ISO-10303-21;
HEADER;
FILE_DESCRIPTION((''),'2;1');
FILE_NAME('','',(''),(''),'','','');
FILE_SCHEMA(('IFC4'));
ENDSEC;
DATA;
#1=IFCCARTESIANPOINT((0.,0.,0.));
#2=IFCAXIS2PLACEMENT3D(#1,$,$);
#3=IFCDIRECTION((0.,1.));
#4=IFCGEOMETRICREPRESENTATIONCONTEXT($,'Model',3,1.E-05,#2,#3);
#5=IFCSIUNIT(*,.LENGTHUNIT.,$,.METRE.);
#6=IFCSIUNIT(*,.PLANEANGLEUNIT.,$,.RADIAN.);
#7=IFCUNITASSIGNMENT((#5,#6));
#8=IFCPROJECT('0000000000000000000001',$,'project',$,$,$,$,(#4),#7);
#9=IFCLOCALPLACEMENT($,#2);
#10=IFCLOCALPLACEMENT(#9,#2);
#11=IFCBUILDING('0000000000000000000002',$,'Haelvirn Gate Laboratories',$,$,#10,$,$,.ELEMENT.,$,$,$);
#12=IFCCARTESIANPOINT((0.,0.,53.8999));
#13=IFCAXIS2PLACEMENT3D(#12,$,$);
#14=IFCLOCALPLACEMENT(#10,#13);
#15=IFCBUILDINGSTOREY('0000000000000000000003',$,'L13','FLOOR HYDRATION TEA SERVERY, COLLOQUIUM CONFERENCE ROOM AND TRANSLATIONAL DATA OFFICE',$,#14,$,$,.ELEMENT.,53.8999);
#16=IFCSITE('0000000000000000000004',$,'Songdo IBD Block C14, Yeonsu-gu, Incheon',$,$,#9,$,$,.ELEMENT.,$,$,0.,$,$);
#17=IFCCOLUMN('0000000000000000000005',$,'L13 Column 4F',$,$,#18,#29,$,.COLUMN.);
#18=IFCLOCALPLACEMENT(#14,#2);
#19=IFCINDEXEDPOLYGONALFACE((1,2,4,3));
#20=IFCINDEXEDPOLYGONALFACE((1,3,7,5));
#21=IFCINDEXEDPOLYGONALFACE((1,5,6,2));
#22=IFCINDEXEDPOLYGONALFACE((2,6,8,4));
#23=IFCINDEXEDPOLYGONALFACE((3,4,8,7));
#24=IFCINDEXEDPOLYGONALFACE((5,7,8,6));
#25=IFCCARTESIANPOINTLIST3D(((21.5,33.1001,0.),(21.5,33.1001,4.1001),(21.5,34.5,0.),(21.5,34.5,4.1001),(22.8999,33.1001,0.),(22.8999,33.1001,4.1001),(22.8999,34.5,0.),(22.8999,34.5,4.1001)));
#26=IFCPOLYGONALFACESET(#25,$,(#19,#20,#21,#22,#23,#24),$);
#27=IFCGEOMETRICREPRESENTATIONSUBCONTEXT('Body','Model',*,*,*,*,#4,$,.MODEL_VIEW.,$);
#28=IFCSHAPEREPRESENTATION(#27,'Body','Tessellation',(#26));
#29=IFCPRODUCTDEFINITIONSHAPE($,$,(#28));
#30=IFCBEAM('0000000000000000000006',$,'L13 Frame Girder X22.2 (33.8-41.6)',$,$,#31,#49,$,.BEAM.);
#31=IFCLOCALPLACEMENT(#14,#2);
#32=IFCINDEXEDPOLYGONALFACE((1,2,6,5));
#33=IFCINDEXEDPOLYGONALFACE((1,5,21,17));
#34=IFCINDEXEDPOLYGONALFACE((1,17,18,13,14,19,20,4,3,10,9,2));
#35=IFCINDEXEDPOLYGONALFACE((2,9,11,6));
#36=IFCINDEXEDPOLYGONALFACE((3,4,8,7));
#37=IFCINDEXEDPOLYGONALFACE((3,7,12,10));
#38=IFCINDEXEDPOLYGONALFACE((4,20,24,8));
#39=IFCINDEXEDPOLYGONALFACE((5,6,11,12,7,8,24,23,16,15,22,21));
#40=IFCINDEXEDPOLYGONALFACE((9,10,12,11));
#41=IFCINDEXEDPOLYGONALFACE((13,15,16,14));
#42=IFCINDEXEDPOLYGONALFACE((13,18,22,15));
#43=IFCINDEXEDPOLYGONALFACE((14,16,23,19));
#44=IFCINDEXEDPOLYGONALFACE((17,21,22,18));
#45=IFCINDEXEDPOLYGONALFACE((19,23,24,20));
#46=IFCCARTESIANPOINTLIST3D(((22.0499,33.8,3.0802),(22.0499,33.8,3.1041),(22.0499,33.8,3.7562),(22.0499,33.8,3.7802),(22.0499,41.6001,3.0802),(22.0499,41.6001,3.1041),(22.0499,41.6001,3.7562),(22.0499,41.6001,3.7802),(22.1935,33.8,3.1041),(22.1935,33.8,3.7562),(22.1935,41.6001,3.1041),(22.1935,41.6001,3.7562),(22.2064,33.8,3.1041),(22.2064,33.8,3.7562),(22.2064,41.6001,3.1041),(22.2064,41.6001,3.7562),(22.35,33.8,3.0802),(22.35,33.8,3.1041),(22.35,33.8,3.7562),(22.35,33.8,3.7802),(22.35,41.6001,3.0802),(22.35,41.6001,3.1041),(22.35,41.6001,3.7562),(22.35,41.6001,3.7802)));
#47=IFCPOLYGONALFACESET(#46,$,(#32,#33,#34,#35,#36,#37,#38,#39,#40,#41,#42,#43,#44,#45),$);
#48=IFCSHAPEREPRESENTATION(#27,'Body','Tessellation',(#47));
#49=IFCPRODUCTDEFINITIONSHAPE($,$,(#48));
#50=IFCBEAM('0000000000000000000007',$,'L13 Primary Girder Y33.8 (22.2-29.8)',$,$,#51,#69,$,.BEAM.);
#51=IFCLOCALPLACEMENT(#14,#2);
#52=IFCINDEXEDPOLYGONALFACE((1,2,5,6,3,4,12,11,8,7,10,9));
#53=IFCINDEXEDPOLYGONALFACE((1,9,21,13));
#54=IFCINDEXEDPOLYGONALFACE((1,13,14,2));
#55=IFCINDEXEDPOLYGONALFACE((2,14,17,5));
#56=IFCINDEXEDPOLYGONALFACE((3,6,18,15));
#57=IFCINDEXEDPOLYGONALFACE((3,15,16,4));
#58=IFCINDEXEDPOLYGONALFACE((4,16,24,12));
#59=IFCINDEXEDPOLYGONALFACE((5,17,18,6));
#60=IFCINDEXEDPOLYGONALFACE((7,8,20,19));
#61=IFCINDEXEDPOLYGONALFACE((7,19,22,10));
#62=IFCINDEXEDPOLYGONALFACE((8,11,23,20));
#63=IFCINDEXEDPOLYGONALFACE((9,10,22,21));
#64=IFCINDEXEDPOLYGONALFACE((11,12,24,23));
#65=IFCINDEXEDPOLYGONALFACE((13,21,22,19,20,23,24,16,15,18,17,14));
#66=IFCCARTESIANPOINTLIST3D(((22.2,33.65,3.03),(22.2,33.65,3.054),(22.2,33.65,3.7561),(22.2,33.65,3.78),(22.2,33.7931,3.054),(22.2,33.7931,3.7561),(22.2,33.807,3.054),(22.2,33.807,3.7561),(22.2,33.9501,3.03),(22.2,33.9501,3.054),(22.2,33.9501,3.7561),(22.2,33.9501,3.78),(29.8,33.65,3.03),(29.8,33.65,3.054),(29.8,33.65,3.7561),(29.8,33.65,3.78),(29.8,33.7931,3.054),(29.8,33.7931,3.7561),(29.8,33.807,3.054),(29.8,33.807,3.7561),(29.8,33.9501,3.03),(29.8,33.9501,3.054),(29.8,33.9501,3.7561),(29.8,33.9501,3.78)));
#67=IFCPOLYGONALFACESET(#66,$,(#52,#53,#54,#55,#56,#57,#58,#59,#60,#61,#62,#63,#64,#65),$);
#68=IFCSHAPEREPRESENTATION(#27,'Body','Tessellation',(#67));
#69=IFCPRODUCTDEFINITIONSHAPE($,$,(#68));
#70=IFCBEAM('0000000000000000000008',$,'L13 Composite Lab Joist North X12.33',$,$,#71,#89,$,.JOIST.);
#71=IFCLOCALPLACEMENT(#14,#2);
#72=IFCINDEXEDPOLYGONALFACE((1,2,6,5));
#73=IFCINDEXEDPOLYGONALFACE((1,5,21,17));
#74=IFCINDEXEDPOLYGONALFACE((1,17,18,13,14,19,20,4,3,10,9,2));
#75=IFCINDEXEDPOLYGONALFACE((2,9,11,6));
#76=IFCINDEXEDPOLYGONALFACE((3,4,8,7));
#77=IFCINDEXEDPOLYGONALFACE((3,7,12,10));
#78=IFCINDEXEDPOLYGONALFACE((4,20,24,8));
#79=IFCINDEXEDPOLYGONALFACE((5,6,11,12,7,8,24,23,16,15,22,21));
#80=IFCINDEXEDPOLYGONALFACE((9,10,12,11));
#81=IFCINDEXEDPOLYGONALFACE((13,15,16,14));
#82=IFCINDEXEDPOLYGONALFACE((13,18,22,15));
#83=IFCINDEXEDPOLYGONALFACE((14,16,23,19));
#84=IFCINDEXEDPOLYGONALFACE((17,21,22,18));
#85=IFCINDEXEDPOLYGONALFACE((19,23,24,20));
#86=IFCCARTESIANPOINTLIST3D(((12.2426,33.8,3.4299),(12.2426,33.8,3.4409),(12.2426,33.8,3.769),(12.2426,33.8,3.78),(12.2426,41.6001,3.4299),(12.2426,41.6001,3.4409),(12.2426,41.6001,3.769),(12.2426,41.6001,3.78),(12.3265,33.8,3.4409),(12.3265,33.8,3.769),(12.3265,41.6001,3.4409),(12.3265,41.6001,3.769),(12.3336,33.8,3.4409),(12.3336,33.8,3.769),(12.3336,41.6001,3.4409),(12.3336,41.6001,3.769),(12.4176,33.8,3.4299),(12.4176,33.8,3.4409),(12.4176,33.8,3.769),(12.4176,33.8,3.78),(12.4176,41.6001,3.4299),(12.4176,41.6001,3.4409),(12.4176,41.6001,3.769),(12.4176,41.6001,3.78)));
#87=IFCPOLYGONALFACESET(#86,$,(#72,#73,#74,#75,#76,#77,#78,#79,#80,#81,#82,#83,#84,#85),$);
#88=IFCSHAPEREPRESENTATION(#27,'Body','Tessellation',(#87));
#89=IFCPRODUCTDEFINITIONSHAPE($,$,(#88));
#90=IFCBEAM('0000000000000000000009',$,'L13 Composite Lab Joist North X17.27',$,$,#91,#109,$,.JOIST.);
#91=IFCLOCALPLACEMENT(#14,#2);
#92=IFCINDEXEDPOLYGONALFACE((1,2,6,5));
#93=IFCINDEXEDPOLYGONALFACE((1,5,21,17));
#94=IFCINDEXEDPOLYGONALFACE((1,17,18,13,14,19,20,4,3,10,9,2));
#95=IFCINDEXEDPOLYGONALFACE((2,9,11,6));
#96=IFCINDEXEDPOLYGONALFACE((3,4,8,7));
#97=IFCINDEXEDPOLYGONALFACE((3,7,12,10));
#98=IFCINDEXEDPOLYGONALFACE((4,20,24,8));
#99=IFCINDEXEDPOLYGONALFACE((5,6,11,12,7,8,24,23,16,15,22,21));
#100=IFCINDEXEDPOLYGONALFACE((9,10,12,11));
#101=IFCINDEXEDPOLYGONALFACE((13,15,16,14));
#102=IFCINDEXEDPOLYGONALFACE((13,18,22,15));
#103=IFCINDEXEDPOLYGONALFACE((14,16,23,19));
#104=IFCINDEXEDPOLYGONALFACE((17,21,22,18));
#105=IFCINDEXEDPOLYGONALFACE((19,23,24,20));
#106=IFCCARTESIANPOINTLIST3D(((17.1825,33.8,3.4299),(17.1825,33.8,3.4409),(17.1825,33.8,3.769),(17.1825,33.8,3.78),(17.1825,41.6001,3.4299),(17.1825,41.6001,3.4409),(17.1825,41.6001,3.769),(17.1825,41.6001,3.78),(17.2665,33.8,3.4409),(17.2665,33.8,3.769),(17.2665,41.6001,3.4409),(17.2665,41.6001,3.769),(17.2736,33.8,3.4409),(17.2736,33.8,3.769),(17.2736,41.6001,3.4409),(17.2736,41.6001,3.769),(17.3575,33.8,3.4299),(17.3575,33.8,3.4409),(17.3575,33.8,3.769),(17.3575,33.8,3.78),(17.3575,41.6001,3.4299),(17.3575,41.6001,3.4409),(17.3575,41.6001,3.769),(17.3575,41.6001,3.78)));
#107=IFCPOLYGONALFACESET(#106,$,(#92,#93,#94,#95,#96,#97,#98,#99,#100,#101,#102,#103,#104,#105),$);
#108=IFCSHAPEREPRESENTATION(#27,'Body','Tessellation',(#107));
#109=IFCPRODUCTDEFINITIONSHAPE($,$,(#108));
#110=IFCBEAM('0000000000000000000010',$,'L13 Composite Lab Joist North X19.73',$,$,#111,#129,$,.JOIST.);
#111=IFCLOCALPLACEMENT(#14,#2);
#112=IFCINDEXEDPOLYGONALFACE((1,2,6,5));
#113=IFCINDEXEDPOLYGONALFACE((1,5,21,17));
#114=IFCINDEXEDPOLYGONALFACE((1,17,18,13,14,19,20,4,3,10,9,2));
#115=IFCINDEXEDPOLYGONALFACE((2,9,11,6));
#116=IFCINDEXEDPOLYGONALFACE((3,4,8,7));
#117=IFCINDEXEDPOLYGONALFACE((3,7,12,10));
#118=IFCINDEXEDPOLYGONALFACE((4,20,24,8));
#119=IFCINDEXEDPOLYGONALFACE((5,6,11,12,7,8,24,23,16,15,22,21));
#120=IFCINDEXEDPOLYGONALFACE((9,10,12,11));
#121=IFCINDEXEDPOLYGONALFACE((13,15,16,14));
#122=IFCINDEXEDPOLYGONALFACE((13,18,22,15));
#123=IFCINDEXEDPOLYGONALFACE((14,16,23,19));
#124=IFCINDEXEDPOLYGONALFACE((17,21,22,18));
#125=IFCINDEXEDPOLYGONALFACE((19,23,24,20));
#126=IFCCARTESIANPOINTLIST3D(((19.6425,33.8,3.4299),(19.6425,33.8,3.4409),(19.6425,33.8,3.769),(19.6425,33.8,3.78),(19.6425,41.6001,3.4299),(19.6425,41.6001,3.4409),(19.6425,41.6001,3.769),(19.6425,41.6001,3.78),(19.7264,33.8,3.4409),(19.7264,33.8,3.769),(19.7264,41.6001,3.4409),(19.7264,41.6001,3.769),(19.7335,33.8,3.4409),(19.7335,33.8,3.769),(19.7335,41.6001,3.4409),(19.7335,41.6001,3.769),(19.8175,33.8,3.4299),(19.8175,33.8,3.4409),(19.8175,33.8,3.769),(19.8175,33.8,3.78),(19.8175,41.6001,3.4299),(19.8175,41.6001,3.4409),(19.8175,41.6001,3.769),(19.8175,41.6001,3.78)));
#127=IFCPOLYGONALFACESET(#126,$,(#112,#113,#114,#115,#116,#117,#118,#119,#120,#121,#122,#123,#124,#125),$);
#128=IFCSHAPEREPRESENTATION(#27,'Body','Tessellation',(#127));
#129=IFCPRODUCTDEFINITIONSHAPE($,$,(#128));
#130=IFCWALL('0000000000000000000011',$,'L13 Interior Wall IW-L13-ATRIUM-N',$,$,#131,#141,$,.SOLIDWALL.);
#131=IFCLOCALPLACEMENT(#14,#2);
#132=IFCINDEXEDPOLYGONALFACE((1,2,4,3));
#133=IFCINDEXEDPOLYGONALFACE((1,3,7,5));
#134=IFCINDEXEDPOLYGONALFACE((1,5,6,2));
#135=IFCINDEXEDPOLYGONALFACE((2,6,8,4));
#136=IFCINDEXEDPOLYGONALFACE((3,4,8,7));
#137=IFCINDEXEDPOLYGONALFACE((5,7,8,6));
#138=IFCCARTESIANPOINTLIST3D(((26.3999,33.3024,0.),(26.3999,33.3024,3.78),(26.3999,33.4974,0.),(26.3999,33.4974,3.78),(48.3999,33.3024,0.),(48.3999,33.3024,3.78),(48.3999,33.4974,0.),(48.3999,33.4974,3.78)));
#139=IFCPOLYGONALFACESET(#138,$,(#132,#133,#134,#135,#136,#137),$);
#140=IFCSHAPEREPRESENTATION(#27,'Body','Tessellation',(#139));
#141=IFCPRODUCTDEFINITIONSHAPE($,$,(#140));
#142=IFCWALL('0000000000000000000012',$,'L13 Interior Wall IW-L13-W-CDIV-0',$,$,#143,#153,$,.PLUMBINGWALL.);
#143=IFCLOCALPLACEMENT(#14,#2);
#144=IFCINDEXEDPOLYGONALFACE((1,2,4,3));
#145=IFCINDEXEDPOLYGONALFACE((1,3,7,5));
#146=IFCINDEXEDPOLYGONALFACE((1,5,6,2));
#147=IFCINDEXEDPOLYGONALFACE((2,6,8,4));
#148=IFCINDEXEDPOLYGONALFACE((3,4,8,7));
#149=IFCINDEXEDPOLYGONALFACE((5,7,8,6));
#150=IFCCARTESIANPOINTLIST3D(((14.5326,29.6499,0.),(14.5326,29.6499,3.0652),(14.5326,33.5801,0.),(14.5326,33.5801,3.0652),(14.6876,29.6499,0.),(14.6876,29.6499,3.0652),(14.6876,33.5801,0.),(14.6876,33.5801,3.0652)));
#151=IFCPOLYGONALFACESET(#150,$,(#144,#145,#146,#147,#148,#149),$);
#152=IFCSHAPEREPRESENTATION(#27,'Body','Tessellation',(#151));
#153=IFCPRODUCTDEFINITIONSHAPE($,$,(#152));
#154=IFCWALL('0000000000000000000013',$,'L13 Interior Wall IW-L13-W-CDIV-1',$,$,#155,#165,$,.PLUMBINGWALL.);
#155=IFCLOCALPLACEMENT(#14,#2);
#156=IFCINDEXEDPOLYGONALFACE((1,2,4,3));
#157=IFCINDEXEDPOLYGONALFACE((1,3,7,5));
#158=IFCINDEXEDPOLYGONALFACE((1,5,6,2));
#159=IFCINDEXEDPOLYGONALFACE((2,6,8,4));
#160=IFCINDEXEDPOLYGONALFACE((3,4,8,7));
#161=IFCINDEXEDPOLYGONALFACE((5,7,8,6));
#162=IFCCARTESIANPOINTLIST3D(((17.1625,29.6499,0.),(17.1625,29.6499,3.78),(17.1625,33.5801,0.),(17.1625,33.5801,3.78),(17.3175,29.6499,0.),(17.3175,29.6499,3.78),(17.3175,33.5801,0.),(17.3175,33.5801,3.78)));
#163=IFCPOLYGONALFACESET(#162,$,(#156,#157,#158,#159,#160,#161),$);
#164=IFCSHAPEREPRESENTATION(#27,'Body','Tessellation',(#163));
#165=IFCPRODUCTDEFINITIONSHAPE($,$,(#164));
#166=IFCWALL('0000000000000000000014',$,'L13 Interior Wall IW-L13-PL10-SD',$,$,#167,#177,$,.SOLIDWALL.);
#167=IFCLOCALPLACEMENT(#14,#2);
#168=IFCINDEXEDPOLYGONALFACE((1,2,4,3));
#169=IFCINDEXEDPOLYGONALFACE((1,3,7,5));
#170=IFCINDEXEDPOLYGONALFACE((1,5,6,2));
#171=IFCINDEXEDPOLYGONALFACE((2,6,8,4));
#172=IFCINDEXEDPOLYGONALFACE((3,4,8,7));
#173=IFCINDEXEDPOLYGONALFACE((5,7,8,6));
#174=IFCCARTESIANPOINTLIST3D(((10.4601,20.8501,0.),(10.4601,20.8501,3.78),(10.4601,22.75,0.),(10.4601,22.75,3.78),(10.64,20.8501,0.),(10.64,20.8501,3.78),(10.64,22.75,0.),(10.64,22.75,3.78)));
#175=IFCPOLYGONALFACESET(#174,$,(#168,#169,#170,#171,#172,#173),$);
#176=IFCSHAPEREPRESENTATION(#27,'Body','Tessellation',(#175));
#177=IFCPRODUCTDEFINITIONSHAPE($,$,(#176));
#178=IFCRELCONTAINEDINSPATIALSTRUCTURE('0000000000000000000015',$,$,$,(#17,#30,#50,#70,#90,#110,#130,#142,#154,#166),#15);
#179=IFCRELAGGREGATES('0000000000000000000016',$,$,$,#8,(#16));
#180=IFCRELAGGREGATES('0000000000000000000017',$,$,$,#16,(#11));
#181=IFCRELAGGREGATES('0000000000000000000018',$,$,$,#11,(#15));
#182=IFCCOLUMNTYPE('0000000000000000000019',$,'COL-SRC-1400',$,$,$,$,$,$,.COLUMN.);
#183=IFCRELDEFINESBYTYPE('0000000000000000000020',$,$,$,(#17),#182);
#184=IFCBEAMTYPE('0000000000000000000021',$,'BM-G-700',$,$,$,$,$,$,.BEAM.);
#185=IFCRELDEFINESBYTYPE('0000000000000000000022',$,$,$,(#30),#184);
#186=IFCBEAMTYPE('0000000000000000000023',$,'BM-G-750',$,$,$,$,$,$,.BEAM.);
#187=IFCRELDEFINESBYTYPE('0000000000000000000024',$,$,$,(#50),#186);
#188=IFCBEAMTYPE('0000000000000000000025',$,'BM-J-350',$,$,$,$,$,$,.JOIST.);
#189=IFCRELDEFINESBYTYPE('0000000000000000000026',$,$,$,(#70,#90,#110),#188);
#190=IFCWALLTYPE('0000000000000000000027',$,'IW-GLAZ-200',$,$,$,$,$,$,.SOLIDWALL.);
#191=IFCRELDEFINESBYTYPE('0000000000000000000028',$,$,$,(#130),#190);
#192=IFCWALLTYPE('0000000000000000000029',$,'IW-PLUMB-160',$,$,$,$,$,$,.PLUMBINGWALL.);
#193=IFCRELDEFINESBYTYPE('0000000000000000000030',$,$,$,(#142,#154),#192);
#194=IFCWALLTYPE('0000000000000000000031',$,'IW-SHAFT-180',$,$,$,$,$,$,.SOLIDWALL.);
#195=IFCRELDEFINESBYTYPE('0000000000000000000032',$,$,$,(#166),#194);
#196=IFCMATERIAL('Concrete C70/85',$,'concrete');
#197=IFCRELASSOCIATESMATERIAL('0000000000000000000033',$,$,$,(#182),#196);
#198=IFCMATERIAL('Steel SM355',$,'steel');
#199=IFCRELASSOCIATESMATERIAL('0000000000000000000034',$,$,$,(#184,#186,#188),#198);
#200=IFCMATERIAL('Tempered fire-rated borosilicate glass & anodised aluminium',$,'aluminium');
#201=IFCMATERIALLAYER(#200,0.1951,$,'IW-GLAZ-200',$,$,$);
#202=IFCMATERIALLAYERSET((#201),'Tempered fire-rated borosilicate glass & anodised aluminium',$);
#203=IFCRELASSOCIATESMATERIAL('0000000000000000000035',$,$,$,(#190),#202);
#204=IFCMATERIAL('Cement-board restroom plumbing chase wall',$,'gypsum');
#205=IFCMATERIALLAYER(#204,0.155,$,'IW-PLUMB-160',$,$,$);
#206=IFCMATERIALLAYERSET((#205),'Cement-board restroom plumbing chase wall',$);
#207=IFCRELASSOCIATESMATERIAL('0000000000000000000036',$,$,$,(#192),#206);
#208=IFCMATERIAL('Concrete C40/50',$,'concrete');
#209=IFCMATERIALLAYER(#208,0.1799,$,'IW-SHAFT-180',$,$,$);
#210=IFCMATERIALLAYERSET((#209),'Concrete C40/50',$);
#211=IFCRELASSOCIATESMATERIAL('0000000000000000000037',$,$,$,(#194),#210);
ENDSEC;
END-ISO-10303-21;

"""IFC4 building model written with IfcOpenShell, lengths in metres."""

from ifc_helpers import new_model, si_unit, direction, frame, frame_2d, origin, origin_2d, place, context, subcontext, project, spatial, rectangle, i_section, extrude, source, transform, mapped, material, layer, layer_set, material_profile, profile_set, type_object, type_shapes, element, save


model = new_model("IFC4")

# Units and contexts
model_context = context("Model", 3, precision=1e-05, world=origin(), true_north=direction((0.0, 1.0)))
body_context = subcontext(model_context, "Body", "Model", "MODEL_VIEW")
ifc_project = project(units=[si_unit("LENGTHUNIT", "METRE"), si_unit("PLANEANGLEUNIT", "RADIAN")], contexts=[model_context])

# Site, building, storey
site_placement = place(None, origin())
site = spatial("IfcSite", under=ifc_project, at=site_placement, Name="Songdo IBD Block C14, Yeonsu-gu, Incheon", CompositionType="ELEMENT", RefElevation=0.0)
building_placement = place(site_placement, origin())
building = spatial("IfcBuilding", under=site, at=building_placement, Name="Haelvirn Gate Laboratories", CompositionType="ELEMENT")
storey_placement = place(building_placement, frame((0.0, 0.0, 53.8999)))
storey = spatial("IfcBuildingStorey", under=building, at=storey_placement, Name="L13", Description="FLOOR HYDRATION TEA SERVERY, COLLOQUIUM CONFERENCE ROOM AND TRANSLATIONAL DATA OFFICE", CompositionType="ELEMENT", Elevation=53.8999)

# Column
ifc_material_1 = material(Name="Concrete C70/85", Category="concrete")
ifc_material_profile_1 = material_profile(ifc_material_1, rectangle(XDim=1.3999, YDim=1.3999, at=origin_2d()), Name="SRC-1400x1400")
ifc_profile_set_1 = profile_set([ifc_material_profile_1], Name="Concrete C70/85")
column_type = type_object("IfcColumnType", Name="COL-SRC-1400", PredefinedType="COLUMN", material=ifc_profile_set_1)
shared_shape_1 = source(origin(), body_context, "Body", "SweptSolid", [
    extrude(rectangle(XDim=1.3999, YDim=1.3999, at=origin_2d()), origin(), (0.0, 0.0, 1.0), 4.1001),
])
type_shapes(column_type, [shared_shape_1])
column_placement = place(storey_placement, frame((22.2, 33.8, 0.0), z_axis=(0.0, 0.0, 1.0), x_axis=(1.0, 0.0, 0.0)))
element("IfcColumn", 1, at=column_placement, inside=storey, type_object=column_type, Name="L13 Column 4F", PredefinedType="COLUMN", context=body_context, shape_type="MappedRepresentation", body=[
    mapped(shared_shape_1, transform((0.0, 0.0, 0.0), scale=1.0)),
])

# Beams
ifc_material_2 = material(Name="Steel SM355", Category="steel")
ifc_material_profile_2 = material_profile(ifc_material_2, i_section(OverallWidth=0.3, OverallDepth=0.7, WebThickness=0.0129, FlangeThickness=0.0239, at=origin_2d()), Name="H-700x300x13x24")
ifc_profile_set_2 = profile_set([ifc_material_profile_2], Name="Steel SM355")
beam_type_1 = type_object("IfcBeamType", Name="BM-G-700", PredefinedType="BEAM", material=ifc_profile_set_2)
shared_shape_2 = source(origin(), body_context, "Body", "SweptSolid", [
    extrude(i_section(OverallWidth=0.3, OverallDepth=0.7, WebThickness=0.0129, FlangeThickness=0.0239, at=origin_2d()), origin(), (0.0, 0.0, 1.0), 7.8),
])
type_shapes(beam_type_1, [shared_shape_2])
beam_1_placement = place(storey_placement, frame((22.2, 33.8, 3.4302), z_axis=(0.0, 1.0, 0.0), x_axis=(-1.0, 0.0, 0.0)))
element("IfcBeam", 2, at=beam_1_placement, inside=storey, type_object=beam_type_1, Name="L13 Frame Girder X22.2 (33.8-41.6)", PredefinedType="BEAM", context=body_context, shape_type="MappedRepresentation", body=[
    mapped(shared_shape_2, transform((0.0, 0.0, 0.0), scale=1.0)),
])
ifc_material_profile_3 = material_profile(ifc_material_2, i_section(OverallWidth=0.3, OverallDepth=0.75, WebThickness=0.0139, FlangeThickness=0.0239, at=origin_2d()), Name="H-750x300x14x24")
ifc_profile_set_3 = profile_set([ifc_material_profile_3], Name="Steel SM355")
beam_type_2 = type_object("IfcBeamType", Name="BM-G-750", PredefinedType="BEAM", material=ifc_profile_set_3)
shared_shape_3 = source(origin(), body_context, "Body", "SweptSolid", [
    extrude(i_section(OverallWidth=0.3, OverallDepth=0.75, WebThickness=0.0139, FlangeThickness=0.0239, at=origin_2d()), origin(), (0.0, 0.0, 1.0), 7.6001),
])
type_shapes(beam_type_2, [shared_shape_3])
beam_2_placement = place(storey_placement, frame((22.2, 33.8, 3.405), z_axis=(1.0, 0.0, 0.0), x_axis=(0.0, 1.0, 0.0)))
element("IfcBeam", 3, at=beam_2_placement, inside=storey, type_object=beam_type_2, Name="L13 Primary Girder Y33.8 (22.2-29.8)", PredefinedType="BEAM", context=body_context, shape_type="MappedRepresentation", body=[
    mapped(shared_shape_3, transform((0.0, 0.0, 0.0), scale=1.0)),
])
ifc_material_profile_4 = material_profile(ifc_material_2, i_section(OverallWidth=0.175, OverallDepth=0.3501, WebThickness=0.0071, FlangeThickness=0.011, at=origin_2d()), Name="H-350x175x7x11")
ifc_profile_set_4 = profile_set([ifc_material_profile_4], Name="Steel SM355")
beam_type_3 = type_object("IfcBeamType", Name="BM-J-350", PredefinedType="JOIST", material=ifc_profile_set_4)
shared_shape_4 = source(origin(), body_context, "Body", "SweptSolid", [
    extrude(i_section(OverallWidth=0.175, OverallDepth=0.3501, WebThickness=0.0071, FlangeThickness=0.011, at=origin_2d()), origin(), (0.0, 0.0, 1.0), 7.8),
])
type_shapes(beam_type_3, [shared_shape_4])
for number, where, z_axis, x_axis, name in (
    (4, (12.3301, 33.8, 3.605), (0.0, 1.0, 0.0), (-1.0, 0.0, 0.0), "L13 Composite Lab Joist North X12.33"),
    (5, (17.27, 33.8, 3.605), (0.0, 1.0, 0.0), (-1.0, 0.0, 0.0), "L13 Composite Lab Joist North X17.27"),
    (6, (19.73, 33.8, 3.605), (0.0, 1.0, 0.0), (-1.0, 0.0, 0.0), "L13 Composite Lab Joist North X19.73"),
):
    element("IfcBeam", number, at=place(storey_placement, frame(where, z_axis=z_axis, x_axis=x_axis)), inside=storey, type_object=beam_type_3, Name=name, PredefinedType="JOIST", context=body_context, shape_type="MappedRepresentation", body=[
        mapped(shared_shape_4, transform((0.0, 0.0, 0.0), scale=1.0)),
    ])

# Walls
ifc_material_3 = material(Name="Tempered fire-rated borosilicate glass & anodised aluminium", Category="aluminium")
ifc_layer_1 = layer(ifc_material_3, 0.1951, Name="IW-GLAZ-200")
ifc_layer_set_1 = layer_set([ifc_layer_1], Name="Tempered fire-rated borosilicate glass & anodised aluminium")
wall_type_1 = type_object("IfcWallType", Name="IW-GLAZ-200", PredefinedType="SOLIDWALL", material=ifc_layer_set_1)
wall_1_placement = place(storey_placement, frame((26.3999, 33.3999, 0.0), z_axis=(0.0, 0.0, 1.0), x_axis=(1.0, 0.0, 0.0)))
element("IfcWall", 7, at=wall_1_placement, inside=storey, type_object=wall_type_1, Name="L13 Interior Wall IW-L13-ATRIUM-N", PredefinedType="SOLIDWALL", context=body_context, shape_type="SweptSolid", body=[
    extrude(rectangle(XDim=22.0, YDim=0.1951, at=frame_2d((11.0, 0.0))), origin(), (0.0, 0.0, 1.0), 3.78),
])
ifc_material_4 = material(Name="Cement-board restroom plumbing chase wall", Category="gypsum")
ifc_layer_2 = layer(ifc_material_4, 0.155, Name="IW-PLUMB-160")
ifc_layer_set_2 = layer_set([ifc_layer_2], Name="Cement-board restroom plumbing chase wall")
wall_type_2 = type_object("IfcWallType", Name="IW-PLUMB-160", PredefinedType="PLUMBINGWALL", material=ifc_layer_set_2)
wall_2_placement = place(storey_placement, frame((14.6101, 29.6499, 0.0), z_axis=(0.0, 0.0, 1.0), x_axis=(0.0, 1.0, 0.0)))
element("IfcWall", 8, at=wall_2_placement, inside=storey, type_object=wall_type_2, Name="L13 Interior Wall IW-L13-W-CDIV-0", PredefinedType="PLUMBINGWALL", context=body_context, shape_type="SweptSolid", body=[
    extrude(rectangle(XDim=3.9302, YDim=0.155, at=frame_2d((1.9651, 0.0))), origin(), (0.0, 0.0, 1.0), 3.0652),
])
wall_3_placement = place(storey_placement, frame((17.24, 29.6499, 0.0), z_axis=(0.0, 0.0, 1.0), x_axis=(0.0, 1.0, 0.0)))
element("IfcWall", 9, at=wall_3_placement, inside=storey, type_object=wall_type_2, Name="L13 Interior Wall IW-L13-W-CDIV-1", PredefinedType="PLUMBINGWALL", context=body_context, shape_type="SweptSolid", body=[
    extrude(rectangle(XDim=3.9302, YDim=0.155, at=frame_2d((1.9651, 0.0))), origin(), (0.0, 0.0, 1.0), 3.78),
])
ifc_material_5 = material(Name="Concrete C40/50", Category="concrete")
ifc_layer_3 = layer(ifc_material_5, 0.1799, Name="IW-SHAFT-180")
ifc_layer_set_3 = layer_set([ifc_layer_3], Name="Concrete C40/50")
wall_type_3 = type_object("IfcWallType", Name="IW-SHAFT-180", PredefinedType="SOLIDWALL", material=ifc_layer_set_3)
for number, where, z_axis, x_axis, name in (
    (10, (10.55, 20.8501, 0.0), (0.0, 0.0, 1.0), (0.0, 1.0, 0.0), "L13 Interior Wall IW-L13-PL10-SD"),
):
    element("IfcWall", number, at=place(storey_placement, frame(where, z_axis=z_axis, x_axis=x_axis)), inside=storey, type_object=wall_type_3, Name=name, PredefinedType="SOLIDWALL", context=body_context, shape_type="SweptSolid", body=[
        extrude(rectangle(XDim=1.8999, YDim=0.1799, at=frame_2d((0.95, 0.0))), origin(), (0.0, 0.0, 1.0), 3.78),
    ])

save(model, "model.ifc")
